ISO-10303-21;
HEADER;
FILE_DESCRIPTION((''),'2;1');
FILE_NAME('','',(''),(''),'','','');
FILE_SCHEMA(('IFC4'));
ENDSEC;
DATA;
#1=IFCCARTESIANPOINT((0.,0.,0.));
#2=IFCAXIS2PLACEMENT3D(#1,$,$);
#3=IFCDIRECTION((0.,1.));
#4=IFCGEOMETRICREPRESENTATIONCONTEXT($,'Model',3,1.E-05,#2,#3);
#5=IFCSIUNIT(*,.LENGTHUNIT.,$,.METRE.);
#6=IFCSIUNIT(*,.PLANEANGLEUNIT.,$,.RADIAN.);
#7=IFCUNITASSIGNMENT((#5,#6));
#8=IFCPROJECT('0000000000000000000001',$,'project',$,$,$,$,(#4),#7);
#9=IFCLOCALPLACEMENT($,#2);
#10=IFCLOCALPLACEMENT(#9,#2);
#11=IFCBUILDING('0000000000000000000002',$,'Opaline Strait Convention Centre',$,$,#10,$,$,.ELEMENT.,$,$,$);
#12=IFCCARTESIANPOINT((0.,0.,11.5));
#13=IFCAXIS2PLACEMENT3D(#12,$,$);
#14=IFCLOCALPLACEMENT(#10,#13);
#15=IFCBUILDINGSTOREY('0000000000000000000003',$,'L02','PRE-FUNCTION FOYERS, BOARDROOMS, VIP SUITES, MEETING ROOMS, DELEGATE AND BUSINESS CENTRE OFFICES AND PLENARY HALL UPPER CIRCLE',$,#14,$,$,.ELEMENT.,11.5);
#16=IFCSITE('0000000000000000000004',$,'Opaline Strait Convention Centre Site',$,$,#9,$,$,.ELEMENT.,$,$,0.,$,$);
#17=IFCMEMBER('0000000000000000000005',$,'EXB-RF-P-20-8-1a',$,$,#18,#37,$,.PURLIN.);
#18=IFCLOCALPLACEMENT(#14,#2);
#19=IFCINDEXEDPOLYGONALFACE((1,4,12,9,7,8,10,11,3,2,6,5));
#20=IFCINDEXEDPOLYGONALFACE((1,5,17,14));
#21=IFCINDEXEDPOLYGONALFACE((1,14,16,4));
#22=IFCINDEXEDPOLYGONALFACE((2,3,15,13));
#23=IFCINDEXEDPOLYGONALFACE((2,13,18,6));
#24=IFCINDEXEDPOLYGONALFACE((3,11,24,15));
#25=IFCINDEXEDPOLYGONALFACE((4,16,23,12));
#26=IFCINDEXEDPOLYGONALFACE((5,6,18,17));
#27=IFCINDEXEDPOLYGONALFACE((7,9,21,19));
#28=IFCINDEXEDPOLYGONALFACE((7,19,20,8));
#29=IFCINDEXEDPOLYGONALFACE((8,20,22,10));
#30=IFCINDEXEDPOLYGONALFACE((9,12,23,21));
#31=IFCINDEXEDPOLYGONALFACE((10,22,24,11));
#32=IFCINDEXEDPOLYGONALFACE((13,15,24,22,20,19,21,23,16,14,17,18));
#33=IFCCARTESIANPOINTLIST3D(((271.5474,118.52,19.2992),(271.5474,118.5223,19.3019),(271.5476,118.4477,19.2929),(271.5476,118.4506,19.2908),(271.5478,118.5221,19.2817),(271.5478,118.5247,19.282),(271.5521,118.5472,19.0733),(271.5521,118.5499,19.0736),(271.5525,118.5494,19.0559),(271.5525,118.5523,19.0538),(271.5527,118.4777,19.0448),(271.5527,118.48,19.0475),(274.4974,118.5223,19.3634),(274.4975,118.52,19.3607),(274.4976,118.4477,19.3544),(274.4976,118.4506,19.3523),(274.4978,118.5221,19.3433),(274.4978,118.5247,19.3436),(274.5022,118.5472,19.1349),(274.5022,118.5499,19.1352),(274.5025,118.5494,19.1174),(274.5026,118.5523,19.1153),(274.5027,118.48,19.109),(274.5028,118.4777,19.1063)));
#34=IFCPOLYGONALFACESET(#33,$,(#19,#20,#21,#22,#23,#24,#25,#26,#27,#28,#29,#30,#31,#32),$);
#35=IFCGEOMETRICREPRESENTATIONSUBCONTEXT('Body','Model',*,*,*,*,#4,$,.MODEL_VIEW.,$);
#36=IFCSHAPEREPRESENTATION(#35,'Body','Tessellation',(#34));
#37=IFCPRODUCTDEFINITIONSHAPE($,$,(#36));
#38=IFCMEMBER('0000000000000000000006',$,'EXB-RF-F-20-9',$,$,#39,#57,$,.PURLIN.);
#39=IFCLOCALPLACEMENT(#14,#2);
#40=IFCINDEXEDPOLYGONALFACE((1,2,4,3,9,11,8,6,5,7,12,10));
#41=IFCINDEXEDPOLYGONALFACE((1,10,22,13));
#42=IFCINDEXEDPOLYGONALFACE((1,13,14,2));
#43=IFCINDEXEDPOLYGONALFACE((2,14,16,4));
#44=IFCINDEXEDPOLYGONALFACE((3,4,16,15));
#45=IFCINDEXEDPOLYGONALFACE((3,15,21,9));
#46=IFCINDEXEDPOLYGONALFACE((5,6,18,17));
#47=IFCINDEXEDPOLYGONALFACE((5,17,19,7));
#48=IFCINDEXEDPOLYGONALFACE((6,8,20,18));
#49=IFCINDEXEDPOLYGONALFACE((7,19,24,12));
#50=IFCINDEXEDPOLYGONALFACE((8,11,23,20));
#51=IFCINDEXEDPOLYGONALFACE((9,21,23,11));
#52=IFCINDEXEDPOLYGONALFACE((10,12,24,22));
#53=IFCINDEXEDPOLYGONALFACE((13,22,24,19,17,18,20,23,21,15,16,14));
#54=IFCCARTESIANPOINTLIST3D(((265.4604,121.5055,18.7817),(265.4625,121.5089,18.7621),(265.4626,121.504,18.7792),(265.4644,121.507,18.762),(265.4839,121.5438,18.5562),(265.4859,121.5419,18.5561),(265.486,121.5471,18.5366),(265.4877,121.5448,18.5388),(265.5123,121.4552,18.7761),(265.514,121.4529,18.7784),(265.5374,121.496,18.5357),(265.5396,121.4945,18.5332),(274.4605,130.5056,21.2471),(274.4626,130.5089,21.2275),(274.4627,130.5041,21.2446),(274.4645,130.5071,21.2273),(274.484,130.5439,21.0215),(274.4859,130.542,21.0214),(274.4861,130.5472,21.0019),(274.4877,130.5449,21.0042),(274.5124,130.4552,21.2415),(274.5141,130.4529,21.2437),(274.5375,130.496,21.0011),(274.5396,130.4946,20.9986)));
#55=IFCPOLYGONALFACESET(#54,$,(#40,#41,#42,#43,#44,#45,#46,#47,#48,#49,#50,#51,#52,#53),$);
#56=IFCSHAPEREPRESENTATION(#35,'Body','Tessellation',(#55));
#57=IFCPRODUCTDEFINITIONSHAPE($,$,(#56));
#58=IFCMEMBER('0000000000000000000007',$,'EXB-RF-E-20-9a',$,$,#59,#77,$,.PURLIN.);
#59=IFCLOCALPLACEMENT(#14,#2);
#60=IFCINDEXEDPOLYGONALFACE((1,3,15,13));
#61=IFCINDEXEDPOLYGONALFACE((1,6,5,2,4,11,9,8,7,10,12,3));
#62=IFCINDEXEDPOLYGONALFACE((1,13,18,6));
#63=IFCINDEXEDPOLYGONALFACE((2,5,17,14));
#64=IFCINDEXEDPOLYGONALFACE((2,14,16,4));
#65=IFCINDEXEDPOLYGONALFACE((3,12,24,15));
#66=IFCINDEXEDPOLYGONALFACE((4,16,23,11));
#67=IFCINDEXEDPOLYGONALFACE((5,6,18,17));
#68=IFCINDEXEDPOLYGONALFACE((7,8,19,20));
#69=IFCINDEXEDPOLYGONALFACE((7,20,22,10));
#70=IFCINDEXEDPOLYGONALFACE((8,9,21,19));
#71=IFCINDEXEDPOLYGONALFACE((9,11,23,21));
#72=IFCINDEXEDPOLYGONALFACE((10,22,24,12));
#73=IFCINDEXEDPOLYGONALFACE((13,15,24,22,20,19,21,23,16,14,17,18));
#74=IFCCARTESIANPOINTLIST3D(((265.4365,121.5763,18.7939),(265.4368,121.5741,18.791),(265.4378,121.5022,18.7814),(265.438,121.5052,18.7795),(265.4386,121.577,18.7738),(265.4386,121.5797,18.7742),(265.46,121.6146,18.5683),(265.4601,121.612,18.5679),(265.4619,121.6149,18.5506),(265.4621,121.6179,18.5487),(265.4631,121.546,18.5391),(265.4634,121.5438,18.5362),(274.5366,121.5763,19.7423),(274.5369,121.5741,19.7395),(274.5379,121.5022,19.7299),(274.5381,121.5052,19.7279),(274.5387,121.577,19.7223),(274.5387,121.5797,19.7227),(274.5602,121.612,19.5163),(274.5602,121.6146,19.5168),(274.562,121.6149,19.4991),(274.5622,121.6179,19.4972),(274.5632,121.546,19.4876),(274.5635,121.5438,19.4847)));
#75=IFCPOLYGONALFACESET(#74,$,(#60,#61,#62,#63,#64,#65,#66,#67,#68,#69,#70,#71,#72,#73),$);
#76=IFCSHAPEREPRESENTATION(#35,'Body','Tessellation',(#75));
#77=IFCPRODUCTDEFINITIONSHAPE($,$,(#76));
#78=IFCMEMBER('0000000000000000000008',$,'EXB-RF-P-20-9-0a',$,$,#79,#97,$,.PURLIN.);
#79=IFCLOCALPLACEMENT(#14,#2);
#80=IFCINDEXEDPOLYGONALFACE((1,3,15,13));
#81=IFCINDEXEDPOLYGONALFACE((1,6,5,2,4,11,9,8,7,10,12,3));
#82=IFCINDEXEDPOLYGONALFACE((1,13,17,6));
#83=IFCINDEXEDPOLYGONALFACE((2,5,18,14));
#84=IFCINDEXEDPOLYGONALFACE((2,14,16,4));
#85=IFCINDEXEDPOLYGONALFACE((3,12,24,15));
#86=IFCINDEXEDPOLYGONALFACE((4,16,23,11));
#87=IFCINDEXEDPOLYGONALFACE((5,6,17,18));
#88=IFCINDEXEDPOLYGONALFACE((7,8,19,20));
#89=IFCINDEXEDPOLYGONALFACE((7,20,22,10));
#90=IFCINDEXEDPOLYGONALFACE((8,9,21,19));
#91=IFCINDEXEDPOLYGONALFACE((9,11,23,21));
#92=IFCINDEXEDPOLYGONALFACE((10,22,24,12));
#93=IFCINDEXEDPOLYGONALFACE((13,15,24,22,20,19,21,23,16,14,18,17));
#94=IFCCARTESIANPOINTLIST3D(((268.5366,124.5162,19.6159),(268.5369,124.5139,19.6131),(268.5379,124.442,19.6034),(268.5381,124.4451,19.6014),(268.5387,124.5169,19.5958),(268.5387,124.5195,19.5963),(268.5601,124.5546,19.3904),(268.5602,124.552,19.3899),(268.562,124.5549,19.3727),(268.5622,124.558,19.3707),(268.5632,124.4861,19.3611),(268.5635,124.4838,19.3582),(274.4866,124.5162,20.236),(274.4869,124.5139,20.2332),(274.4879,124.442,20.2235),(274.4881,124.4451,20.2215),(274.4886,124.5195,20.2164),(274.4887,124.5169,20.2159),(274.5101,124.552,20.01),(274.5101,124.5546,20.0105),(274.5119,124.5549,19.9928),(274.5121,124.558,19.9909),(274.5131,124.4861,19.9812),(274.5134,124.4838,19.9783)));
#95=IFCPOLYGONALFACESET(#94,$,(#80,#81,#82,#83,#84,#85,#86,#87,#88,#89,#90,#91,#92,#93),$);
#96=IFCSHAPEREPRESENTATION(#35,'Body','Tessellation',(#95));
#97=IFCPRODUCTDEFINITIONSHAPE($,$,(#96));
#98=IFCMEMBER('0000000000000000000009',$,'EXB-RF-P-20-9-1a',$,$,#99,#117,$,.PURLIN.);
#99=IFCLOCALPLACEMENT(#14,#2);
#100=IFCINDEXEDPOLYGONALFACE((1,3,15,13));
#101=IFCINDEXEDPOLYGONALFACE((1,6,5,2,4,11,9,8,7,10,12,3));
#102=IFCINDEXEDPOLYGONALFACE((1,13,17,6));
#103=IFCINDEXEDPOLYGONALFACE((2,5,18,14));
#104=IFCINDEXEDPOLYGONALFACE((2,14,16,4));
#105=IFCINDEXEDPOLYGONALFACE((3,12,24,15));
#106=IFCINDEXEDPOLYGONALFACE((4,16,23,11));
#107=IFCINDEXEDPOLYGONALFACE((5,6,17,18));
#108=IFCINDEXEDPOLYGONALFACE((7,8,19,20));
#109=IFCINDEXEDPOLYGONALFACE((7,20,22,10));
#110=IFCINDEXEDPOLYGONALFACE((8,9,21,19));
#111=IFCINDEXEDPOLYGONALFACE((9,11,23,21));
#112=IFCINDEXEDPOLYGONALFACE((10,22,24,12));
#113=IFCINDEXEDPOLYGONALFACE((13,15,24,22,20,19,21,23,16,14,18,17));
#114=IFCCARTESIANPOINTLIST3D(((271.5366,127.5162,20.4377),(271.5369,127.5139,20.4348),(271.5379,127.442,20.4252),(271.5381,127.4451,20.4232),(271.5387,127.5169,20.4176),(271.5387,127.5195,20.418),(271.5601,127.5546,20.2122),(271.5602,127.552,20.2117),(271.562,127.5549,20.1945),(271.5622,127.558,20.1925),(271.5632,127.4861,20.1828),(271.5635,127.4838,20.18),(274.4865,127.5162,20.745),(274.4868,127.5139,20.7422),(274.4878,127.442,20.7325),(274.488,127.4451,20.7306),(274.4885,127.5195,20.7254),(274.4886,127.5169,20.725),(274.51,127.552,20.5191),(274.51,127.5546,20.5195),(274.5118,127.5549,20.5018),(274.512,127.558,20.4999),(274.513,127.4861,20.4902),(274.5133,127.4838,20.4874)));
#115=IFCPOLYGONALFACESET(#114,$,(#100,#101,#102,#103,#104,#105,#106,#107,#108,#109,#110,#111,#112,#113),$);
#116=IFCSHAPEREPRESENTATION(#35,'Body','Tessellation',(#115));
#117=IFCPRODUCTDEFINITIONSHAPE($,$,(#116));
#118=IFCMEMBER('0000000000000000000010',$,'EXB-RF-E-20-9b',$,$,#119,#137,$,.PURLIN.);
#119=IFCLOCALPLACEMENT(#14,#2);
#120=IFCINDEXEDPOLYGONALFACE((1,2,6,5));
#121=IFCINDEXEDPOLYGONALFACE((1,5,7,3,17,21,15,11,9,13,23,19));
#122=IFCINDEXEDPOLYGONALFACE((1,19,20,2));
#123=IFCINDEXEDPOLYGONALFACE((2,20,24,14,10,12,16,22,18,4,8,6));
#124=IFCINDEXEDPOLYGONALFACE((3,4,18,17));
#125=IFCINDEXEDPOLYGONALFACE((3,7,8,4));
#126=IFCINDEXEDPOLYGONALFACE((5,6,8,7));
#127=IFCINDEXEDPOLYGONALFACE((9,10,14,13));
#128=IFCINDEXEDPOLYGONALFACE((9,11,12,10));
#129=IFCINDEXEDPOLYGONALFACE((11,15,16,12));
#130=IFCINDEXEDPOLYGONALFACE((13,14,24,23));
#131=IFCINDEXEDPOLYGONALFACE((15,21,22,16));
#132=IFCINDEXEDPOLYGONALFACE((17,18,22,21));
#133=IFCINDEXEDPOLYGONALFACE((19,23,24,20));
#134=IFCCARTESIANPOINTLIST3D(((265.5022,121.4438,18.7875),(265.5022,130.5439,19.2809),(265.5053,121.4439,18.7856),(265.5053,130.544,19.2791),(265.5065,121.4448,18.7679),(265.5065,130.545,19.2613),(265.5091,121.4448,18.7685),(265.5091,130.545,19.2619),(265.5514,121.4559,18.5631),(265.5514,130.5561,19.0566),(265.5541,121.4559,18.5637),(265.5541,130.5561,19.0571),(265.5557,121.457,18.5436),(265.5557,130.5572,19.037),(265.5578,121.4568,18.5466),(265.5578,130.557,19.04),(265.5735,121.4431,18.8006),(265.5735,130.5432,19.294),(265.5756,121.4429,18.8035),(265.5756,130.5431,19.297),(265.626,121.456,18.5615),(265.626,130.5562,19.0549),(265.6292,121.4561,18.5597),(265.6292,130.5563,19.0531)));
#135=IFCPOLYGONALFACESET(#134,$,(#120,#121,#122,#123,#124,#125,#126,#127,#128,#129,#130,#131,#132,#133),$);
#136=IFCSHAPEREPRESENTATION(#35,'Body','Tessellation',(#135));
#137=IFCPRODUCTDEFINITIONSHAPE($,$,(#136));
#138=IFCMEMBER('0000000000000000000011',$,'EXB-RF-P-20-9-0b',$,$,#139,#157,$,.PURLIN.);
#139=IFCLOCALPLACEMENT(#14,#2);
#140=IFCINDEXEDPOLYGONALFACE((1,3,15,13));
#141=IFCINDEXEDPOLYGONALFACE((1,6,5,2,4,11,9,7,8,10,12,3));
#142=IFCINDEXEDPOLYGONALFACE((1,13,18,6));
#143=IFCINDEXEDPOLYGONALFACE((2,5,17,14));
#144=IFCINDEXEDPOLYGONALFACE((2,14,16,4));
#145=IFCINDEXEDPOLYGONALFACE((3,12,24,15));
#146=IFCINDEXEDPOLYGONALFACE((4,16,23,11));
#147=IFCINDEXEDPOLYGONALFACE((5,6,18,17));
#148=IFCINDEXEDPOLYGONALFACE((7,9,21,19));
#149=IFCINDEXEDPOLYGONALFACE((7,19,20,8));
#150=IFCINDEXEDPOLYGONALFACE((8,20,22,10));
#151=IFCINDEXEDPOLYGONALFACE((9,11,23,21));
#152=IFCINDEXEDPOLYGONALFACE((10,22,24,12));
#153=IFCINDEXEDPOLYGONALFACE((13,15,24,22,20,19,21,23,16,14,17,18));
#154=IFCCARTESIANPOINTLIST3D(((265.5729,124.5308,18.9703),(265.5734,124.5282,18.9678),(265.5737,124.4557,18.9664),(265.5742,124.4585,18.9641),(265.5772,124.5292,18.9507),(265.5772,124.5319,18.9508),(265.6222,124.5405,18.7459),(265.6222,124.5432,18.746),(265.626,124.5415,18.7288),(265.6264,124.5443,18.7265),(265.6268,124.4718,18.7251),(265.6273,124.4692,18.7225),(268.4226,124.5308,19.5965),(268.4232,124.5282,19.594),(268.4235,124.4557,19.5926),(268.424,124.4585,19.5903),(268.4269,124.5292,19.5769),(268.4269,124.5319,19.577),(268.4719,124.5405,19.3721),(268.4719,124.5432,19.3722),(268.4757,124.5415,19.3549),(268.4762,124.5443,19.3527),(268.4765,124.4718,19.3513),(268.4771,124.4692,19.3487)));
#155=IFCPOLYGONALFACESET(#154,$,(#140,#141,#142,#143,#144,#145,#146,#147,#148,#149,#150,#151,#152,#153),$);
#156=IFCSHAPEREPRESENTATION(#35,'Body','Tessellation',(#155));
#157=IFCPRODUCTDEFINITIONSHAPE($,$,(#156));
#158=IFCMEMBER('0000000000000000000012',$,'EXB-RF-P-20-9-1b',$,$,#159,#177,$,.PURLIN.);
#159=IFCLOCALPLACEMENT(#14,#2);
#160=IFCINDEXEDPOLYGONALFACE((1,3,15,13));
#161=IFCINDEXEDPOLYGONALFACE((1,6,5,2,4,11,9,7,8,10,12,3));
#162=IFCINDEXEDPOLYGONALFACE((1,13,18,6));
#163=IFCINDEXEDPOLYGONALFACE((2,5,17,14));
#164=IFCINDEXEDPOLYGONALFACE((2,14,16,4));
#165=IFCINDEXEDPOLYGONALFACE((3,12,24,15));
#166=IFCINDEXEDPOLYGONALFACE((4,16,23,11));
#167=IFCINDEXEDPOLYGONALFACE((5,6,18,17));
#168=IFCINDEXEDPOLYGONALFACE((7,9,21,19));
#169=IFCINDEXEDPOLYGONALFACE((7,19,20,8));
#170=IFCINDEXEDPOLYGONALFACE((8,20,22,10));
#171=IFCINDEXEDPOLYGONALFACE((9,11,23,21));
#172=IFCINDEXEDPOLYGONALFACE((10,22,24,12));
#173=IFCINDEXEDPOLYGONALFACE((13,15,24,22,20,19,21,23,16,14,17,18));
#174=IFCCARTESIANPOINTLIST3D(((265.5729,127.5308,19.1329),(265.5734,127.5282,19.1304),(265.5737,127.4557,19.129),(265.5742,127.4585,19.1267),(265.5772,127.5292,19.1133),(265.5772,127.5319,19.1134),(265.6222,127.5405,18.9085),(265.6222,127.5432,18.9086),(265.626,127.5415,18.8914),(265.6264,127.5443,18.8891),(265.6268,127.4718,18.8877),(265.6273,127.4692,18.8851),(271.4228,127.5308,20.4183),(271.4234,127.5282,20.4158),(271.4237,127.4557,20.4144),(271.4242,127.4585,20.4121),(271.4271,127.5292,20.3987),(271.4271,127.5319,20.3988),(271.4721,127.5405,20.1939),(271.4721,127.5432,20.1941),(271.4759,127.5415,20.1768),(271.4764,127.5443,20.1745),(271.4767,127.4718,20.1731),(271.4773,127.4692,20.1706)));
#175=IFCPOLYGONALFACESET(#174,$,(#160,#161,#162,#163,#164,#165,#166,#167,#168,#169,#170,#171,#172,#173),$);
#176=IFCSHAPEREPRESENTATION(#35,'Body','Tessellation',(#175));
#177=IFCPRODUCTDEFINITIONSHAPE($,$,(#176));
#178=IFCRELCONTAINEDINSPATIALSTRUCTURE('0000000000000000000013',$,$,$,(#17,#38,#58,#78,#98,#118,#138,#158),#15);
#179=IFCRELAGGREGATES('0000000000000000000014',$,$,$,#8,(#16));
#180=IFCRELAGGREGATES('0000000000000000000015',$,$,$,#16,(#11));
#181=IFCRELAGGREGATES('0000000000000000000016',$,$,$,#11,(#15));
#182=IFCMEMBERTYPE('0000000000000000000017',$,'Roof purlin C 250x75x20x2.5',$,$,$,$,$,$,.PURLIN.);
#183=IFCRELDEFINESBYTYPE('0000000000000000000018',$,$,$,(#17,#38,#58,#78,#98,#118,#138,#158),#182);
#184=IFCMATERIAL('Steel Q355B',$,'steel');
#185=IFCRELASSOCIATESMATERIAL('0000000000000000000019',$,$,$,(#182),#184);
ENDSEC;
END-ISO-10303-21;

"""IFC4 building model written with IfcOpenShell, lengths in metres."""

from ifc_helpers import new_model, si_unit, direction, frame, origin, place, context, subcontext, project, spatial, polyline, outline, extrude, material, material_profile, profile_set, type_object, element, save


model = new_model("IFC4")

# Units and contexts
model_context = context("Model", 3, precision=1e-05, world=origin(), true_north=direction((0.0, 1.0)))
body_context = subcontext(model_context, "Body", "Model", "MODEL_VIEW")
ifc_project = project(units=[si_unit("LENGTHUNIT", "METRE"), si_unit("PLANEANGLEUNIT", "RADIAN")], contexts=[model_context])

# Site, building, storey
site_placement = place(None, origin())
site = spatial("IfcSite", under=ifc_project, at=site_placement, Name="Opaline Strait Convention Centre Site", CompositionType="ELEMENT", RefElevation=0.0)
building_placement = place(site_placement, origin())
building = spatial("IfcBuilding", under=site, at=building_placement, Name="Opaline Strait Convention Centre", CompositionType="ELEMENT")
storey_placement = place(building_placement, frame((0.0, 0.0, 11.5)))
storey = spatial("IfcBuildingStorey", under=building, at=storey_placement, Name="L02", Description="PRE-FUNCTION FOYERS, BOARDROOMS, VIP SUITES, MEETING ROOMS, DELEGATE AND BUSINESS CENTRE OFFICES AND PLENARY HALL UPPER CIRCLE", CompositionType="ELEMENT", Elevation=11.5)

# Members
ifc_material_1 = material(Name="Steel Q355B", Category="steel")
ifc_material_profile_1 = material_profile(ifc_material_1, outline(polyline([(-0.0376, -0.125), (0.0376, -0.125), (0.0376, -0.105), (0.0349, -0.105), (0.0349, -0.1226), (-0.0349, -0.1226), (-0.0349, 0.1226), (0.0349, 0.1226), (0.0349, 0.105), (0.0376, 0.105), (0.0376, 0.125), (-0.0376, 0.125), (-0.0376, -0.125)])), Name="C 250x75x20x2.5")
ifc_profile_set_1 = profile_set([ifc_material_profile_1], Name="Steel Q355B")
member_type_1 = type_object("IfcMemberType", Name="Roof purlin C 250x75x20x2.5", PredefinedType="PURLIN", material=ifc_profile_set_1)
member_1_placement = place(storey_placement, frame((271.55, 118.5, 19.1733), z_axis=(0.999783, 0.0, 0.020851), x_axis=(-0.002501, 0.992783, 0.119896)))
element("IfcMember", 1, at=member_1_placement, inside=storey, type_object=member_type_1, Name="EXB-RF-P-20-8-1a", PredefinedType="PURLIN", context=body_context, shape_type="SweptSolid", body=[
    extrude(outline(polyline([(-0.0376, -0.125), (0.0376, -0.125), (0.0376, -0.105), (0.0349, -0.105), (0.0349, -0.1226), (-0.0349, -0.1226), (-0.0349, 0.1226), (0.0349, 0.1226), (0.0349, 0.105), (0.0376, 0.105), (0.0376, 0.125), (-0.0376, 0.125), (-0.0376, -0.125)])), origin(), (0.0, 0.0, 1.0), 2.9507),
])
member_2_placement = place(storey_placement, frame((265.5, 121.5, 18.6575), z_axis=(0.694204, 0.694204, 0.19016), x_axis=(-0.712484, 0.700271, 0.044585)))
element("IfcMember", 2, at=member_2_placement, inside=storey, type_object=member_type_1, Name="EXB-RF-F-20-9", PredefinedType="PURLIN", context=body_context, shape_type="SweptSolid", body=[
    extrude(outline(polyline([(-0.0376, -0.125), (0.0376, -0.125), (0.0376, -0.105), (0.0349, -0.105), (0.0349, -0.1226), (-0.0349, -0.1226), (-0.0349, 0.1226), (0.0349, 0.1226), (0.0349, 0.105), (0.0376, 0.105), (0.0376, 0.125), (-0.0376, 0.125), (-0.0376, -0.125)])), origin(), (0.0, 0.0, 1.0), 12.9646),
])
member_3_placement = place(storey_placement, frame((265.45, 121.5601, 18.665), z_axis=(0.994612, 0.0, 0.103667), x_axis=(-0.017254, 0.986052, 0.165542)))
element("IfcMember", 3, at=member_3_placement, inside=storey, type_object=member_type_1, Name="EXB-RF-E-20-9a", PredefinedType="PURLIN", context=body_context, shape_type="SweptSolid", body=[
    extrude(outline(polyline([(-0.0376, -0.125), (0.0376, -0.125), (0.0376, -0.105), (0.0349, -0.105), (0.0349, -0.1226), (-0.0349, -0.1226), (-0.0349, 0.1226), (0.0349, 0.1226), (0.0349, 0.105), (0.0376, 0.105), (0.0376, 0.125), (-0.0376, 0.125), (-0.0376, -0.125)])), origin(), (0.0, 0.0, 1.0), 9.1494),
])
member_4_placement = place(storey_placement, frame((268.55, 124.5, 19.4871), z_axis=(0.994613, 0.0, 0.103661), x_axis=(-0.017344, 0.985904, 0.166413)))
element("IfcMember", 4, at=member_4_placement, inside=storey, type_object=member_type_1, Name="EXB-RF-P-20-9-0a", PredefinedType="PURLIN", context=body_context, shape_type="SweptSolid", body=[
    extrude(outline(polyline([(-0.0376, -0.125), (0.0376, -0.125), (0.0376, -0.105), (0.0349, -0.105), (0.0349, -0.1226), (-0.0349, -0.1226), (-0.0349, 0.1226), (0.0349, 0.1226), (0.0349, 0.105), (0.0376, 0.105), (0.0376, 0.125), (-0.0376, 0.125), (-0.0376, -0.125)])), origin(), (0.0, 0.0, 1.0), 5.9822),
])
member_5_placement = place(storey_placement, frame((271.55, 127.5, 20.3088), z_axis=(0.994615, 0.0, 0.103635), x_axis=(-0.01734, 0.985904, 0.166413)))
element("IfcMember", 5, at=member_5_placement, inside=storey, type_object=member_type_1, Name="EXB-RF-P-20-9-1a", PredefinedType="PURLIN", context=body_context, shape_type="SweptSolid", body=[
    extrude(outline(polyline([(-0.0376, -0.125), (0.0376, -0.125), (0.0376, -0.105), (0.0349, -0.105), (0.0349, -0.1226), (-0.0349, -0.1226), (-0.0349, 0.1226), (0.0349, 0.1226), (0.0349, 0.105), (0.0376, 0.105), (0.0376, 0.125), (-0.0376, 0.125), (-0.0376, -0.125)])), origin(), (0.0, 0.0, 1.0), 2.9658),
])
member_6_placement = place(storey_placement, frame((265.5657, 121.45, 18.6736), z_axis=(0.0, 0.998533, 0.054141), x_axis=(-0.976768, 0.011602, -0.213986)))
element("IfcMember", 6, at=member_6_placement, inside=storey, type_object=member_type_1, Name="EXB-RF-E-20-9b", PredefinedType="PURLIN", context=body_context, shape_type="SweptSolid", body=[
    extrude(outline(polyline([(-0.0376, -0.125), (0.0376, -0.125), (0.0376, -0.105), (0.0349, -0.105), (0.0349, -0.1226), (-0.0349, -0.1226), (-0.0349, 0.1226), (0.0349, 0.1226), (0.0349, 0.105), (0.0376, 0.105), (0.0376, 0.125), (-0.0376, 0.125), (-0.0376, -0.125)])), origin(), (0.0, 0.0, 1.0), 9.1135),
])
member_7_placement = place(storey_placement, frame((265.6001, 124.5, 18.8464), z_axis=(0.976698, 0.0, 0.214618), x_axis=(-0.011617, 0.998534, 0.052866)))
element("IfcMember", 7, at=member_7_placement, inside=storey, type_object=member_type_1, Name="EXB-RF-P-20-9-0b", PredefinedType="PURLIN", context=body_context, shape_type="SweptSolid", body=[
    extrude(outline(polyline([(-0.0376, -0.125), (0.0376, -0.125), (0.0376, -0.105), (0.0349, -0.105), (0.0349, -0.1226), (-0.0349, -0.1226), (-0.0349, 0.1226), (0.0349, 0.1226), (0.0349, 0.105), (0.0376, 0.105), (0.0376, 0.125), (-0.0376, 0.125), (-0.0376, -0.125)])), origin(), (0.0, 0.0, 1.0), 2.9177),
])
member_8_placement = place(storey_placement, frame((265.6001, 127.5, 19.009), z_axis=(0.976699, 0.0, 0.214612), x_axis=(-0.011616, 0.998534, 0.052866)))
element("IfcMember", 8, at=member_8_placement, inside=storey, type_object=member_type_1, Name="EXB-RF-P-20-9-1b", PredefinedType="PURLIN", context=body_context, shape_type="SweptSolid", body=[
    extrude(outline(polyline([(-0.0376, -0.125), (0.0376, -0.125), (0.0376, -0.105), (0.0349, -0.105), (0.0349, -0.1226), (-0.0349, -0.1226), (-0.0349, 0.1226), (0.0349, 0.1226), (0.0349, 0.105), (0.0376, 0.105), (0.0376, 0.125), (-0.0376, 0.125), (-0.0376, -0.125)])), origin(), (0.0, 0.0, 1.0), 5.9895),
])

save(model, "model.ifc")
